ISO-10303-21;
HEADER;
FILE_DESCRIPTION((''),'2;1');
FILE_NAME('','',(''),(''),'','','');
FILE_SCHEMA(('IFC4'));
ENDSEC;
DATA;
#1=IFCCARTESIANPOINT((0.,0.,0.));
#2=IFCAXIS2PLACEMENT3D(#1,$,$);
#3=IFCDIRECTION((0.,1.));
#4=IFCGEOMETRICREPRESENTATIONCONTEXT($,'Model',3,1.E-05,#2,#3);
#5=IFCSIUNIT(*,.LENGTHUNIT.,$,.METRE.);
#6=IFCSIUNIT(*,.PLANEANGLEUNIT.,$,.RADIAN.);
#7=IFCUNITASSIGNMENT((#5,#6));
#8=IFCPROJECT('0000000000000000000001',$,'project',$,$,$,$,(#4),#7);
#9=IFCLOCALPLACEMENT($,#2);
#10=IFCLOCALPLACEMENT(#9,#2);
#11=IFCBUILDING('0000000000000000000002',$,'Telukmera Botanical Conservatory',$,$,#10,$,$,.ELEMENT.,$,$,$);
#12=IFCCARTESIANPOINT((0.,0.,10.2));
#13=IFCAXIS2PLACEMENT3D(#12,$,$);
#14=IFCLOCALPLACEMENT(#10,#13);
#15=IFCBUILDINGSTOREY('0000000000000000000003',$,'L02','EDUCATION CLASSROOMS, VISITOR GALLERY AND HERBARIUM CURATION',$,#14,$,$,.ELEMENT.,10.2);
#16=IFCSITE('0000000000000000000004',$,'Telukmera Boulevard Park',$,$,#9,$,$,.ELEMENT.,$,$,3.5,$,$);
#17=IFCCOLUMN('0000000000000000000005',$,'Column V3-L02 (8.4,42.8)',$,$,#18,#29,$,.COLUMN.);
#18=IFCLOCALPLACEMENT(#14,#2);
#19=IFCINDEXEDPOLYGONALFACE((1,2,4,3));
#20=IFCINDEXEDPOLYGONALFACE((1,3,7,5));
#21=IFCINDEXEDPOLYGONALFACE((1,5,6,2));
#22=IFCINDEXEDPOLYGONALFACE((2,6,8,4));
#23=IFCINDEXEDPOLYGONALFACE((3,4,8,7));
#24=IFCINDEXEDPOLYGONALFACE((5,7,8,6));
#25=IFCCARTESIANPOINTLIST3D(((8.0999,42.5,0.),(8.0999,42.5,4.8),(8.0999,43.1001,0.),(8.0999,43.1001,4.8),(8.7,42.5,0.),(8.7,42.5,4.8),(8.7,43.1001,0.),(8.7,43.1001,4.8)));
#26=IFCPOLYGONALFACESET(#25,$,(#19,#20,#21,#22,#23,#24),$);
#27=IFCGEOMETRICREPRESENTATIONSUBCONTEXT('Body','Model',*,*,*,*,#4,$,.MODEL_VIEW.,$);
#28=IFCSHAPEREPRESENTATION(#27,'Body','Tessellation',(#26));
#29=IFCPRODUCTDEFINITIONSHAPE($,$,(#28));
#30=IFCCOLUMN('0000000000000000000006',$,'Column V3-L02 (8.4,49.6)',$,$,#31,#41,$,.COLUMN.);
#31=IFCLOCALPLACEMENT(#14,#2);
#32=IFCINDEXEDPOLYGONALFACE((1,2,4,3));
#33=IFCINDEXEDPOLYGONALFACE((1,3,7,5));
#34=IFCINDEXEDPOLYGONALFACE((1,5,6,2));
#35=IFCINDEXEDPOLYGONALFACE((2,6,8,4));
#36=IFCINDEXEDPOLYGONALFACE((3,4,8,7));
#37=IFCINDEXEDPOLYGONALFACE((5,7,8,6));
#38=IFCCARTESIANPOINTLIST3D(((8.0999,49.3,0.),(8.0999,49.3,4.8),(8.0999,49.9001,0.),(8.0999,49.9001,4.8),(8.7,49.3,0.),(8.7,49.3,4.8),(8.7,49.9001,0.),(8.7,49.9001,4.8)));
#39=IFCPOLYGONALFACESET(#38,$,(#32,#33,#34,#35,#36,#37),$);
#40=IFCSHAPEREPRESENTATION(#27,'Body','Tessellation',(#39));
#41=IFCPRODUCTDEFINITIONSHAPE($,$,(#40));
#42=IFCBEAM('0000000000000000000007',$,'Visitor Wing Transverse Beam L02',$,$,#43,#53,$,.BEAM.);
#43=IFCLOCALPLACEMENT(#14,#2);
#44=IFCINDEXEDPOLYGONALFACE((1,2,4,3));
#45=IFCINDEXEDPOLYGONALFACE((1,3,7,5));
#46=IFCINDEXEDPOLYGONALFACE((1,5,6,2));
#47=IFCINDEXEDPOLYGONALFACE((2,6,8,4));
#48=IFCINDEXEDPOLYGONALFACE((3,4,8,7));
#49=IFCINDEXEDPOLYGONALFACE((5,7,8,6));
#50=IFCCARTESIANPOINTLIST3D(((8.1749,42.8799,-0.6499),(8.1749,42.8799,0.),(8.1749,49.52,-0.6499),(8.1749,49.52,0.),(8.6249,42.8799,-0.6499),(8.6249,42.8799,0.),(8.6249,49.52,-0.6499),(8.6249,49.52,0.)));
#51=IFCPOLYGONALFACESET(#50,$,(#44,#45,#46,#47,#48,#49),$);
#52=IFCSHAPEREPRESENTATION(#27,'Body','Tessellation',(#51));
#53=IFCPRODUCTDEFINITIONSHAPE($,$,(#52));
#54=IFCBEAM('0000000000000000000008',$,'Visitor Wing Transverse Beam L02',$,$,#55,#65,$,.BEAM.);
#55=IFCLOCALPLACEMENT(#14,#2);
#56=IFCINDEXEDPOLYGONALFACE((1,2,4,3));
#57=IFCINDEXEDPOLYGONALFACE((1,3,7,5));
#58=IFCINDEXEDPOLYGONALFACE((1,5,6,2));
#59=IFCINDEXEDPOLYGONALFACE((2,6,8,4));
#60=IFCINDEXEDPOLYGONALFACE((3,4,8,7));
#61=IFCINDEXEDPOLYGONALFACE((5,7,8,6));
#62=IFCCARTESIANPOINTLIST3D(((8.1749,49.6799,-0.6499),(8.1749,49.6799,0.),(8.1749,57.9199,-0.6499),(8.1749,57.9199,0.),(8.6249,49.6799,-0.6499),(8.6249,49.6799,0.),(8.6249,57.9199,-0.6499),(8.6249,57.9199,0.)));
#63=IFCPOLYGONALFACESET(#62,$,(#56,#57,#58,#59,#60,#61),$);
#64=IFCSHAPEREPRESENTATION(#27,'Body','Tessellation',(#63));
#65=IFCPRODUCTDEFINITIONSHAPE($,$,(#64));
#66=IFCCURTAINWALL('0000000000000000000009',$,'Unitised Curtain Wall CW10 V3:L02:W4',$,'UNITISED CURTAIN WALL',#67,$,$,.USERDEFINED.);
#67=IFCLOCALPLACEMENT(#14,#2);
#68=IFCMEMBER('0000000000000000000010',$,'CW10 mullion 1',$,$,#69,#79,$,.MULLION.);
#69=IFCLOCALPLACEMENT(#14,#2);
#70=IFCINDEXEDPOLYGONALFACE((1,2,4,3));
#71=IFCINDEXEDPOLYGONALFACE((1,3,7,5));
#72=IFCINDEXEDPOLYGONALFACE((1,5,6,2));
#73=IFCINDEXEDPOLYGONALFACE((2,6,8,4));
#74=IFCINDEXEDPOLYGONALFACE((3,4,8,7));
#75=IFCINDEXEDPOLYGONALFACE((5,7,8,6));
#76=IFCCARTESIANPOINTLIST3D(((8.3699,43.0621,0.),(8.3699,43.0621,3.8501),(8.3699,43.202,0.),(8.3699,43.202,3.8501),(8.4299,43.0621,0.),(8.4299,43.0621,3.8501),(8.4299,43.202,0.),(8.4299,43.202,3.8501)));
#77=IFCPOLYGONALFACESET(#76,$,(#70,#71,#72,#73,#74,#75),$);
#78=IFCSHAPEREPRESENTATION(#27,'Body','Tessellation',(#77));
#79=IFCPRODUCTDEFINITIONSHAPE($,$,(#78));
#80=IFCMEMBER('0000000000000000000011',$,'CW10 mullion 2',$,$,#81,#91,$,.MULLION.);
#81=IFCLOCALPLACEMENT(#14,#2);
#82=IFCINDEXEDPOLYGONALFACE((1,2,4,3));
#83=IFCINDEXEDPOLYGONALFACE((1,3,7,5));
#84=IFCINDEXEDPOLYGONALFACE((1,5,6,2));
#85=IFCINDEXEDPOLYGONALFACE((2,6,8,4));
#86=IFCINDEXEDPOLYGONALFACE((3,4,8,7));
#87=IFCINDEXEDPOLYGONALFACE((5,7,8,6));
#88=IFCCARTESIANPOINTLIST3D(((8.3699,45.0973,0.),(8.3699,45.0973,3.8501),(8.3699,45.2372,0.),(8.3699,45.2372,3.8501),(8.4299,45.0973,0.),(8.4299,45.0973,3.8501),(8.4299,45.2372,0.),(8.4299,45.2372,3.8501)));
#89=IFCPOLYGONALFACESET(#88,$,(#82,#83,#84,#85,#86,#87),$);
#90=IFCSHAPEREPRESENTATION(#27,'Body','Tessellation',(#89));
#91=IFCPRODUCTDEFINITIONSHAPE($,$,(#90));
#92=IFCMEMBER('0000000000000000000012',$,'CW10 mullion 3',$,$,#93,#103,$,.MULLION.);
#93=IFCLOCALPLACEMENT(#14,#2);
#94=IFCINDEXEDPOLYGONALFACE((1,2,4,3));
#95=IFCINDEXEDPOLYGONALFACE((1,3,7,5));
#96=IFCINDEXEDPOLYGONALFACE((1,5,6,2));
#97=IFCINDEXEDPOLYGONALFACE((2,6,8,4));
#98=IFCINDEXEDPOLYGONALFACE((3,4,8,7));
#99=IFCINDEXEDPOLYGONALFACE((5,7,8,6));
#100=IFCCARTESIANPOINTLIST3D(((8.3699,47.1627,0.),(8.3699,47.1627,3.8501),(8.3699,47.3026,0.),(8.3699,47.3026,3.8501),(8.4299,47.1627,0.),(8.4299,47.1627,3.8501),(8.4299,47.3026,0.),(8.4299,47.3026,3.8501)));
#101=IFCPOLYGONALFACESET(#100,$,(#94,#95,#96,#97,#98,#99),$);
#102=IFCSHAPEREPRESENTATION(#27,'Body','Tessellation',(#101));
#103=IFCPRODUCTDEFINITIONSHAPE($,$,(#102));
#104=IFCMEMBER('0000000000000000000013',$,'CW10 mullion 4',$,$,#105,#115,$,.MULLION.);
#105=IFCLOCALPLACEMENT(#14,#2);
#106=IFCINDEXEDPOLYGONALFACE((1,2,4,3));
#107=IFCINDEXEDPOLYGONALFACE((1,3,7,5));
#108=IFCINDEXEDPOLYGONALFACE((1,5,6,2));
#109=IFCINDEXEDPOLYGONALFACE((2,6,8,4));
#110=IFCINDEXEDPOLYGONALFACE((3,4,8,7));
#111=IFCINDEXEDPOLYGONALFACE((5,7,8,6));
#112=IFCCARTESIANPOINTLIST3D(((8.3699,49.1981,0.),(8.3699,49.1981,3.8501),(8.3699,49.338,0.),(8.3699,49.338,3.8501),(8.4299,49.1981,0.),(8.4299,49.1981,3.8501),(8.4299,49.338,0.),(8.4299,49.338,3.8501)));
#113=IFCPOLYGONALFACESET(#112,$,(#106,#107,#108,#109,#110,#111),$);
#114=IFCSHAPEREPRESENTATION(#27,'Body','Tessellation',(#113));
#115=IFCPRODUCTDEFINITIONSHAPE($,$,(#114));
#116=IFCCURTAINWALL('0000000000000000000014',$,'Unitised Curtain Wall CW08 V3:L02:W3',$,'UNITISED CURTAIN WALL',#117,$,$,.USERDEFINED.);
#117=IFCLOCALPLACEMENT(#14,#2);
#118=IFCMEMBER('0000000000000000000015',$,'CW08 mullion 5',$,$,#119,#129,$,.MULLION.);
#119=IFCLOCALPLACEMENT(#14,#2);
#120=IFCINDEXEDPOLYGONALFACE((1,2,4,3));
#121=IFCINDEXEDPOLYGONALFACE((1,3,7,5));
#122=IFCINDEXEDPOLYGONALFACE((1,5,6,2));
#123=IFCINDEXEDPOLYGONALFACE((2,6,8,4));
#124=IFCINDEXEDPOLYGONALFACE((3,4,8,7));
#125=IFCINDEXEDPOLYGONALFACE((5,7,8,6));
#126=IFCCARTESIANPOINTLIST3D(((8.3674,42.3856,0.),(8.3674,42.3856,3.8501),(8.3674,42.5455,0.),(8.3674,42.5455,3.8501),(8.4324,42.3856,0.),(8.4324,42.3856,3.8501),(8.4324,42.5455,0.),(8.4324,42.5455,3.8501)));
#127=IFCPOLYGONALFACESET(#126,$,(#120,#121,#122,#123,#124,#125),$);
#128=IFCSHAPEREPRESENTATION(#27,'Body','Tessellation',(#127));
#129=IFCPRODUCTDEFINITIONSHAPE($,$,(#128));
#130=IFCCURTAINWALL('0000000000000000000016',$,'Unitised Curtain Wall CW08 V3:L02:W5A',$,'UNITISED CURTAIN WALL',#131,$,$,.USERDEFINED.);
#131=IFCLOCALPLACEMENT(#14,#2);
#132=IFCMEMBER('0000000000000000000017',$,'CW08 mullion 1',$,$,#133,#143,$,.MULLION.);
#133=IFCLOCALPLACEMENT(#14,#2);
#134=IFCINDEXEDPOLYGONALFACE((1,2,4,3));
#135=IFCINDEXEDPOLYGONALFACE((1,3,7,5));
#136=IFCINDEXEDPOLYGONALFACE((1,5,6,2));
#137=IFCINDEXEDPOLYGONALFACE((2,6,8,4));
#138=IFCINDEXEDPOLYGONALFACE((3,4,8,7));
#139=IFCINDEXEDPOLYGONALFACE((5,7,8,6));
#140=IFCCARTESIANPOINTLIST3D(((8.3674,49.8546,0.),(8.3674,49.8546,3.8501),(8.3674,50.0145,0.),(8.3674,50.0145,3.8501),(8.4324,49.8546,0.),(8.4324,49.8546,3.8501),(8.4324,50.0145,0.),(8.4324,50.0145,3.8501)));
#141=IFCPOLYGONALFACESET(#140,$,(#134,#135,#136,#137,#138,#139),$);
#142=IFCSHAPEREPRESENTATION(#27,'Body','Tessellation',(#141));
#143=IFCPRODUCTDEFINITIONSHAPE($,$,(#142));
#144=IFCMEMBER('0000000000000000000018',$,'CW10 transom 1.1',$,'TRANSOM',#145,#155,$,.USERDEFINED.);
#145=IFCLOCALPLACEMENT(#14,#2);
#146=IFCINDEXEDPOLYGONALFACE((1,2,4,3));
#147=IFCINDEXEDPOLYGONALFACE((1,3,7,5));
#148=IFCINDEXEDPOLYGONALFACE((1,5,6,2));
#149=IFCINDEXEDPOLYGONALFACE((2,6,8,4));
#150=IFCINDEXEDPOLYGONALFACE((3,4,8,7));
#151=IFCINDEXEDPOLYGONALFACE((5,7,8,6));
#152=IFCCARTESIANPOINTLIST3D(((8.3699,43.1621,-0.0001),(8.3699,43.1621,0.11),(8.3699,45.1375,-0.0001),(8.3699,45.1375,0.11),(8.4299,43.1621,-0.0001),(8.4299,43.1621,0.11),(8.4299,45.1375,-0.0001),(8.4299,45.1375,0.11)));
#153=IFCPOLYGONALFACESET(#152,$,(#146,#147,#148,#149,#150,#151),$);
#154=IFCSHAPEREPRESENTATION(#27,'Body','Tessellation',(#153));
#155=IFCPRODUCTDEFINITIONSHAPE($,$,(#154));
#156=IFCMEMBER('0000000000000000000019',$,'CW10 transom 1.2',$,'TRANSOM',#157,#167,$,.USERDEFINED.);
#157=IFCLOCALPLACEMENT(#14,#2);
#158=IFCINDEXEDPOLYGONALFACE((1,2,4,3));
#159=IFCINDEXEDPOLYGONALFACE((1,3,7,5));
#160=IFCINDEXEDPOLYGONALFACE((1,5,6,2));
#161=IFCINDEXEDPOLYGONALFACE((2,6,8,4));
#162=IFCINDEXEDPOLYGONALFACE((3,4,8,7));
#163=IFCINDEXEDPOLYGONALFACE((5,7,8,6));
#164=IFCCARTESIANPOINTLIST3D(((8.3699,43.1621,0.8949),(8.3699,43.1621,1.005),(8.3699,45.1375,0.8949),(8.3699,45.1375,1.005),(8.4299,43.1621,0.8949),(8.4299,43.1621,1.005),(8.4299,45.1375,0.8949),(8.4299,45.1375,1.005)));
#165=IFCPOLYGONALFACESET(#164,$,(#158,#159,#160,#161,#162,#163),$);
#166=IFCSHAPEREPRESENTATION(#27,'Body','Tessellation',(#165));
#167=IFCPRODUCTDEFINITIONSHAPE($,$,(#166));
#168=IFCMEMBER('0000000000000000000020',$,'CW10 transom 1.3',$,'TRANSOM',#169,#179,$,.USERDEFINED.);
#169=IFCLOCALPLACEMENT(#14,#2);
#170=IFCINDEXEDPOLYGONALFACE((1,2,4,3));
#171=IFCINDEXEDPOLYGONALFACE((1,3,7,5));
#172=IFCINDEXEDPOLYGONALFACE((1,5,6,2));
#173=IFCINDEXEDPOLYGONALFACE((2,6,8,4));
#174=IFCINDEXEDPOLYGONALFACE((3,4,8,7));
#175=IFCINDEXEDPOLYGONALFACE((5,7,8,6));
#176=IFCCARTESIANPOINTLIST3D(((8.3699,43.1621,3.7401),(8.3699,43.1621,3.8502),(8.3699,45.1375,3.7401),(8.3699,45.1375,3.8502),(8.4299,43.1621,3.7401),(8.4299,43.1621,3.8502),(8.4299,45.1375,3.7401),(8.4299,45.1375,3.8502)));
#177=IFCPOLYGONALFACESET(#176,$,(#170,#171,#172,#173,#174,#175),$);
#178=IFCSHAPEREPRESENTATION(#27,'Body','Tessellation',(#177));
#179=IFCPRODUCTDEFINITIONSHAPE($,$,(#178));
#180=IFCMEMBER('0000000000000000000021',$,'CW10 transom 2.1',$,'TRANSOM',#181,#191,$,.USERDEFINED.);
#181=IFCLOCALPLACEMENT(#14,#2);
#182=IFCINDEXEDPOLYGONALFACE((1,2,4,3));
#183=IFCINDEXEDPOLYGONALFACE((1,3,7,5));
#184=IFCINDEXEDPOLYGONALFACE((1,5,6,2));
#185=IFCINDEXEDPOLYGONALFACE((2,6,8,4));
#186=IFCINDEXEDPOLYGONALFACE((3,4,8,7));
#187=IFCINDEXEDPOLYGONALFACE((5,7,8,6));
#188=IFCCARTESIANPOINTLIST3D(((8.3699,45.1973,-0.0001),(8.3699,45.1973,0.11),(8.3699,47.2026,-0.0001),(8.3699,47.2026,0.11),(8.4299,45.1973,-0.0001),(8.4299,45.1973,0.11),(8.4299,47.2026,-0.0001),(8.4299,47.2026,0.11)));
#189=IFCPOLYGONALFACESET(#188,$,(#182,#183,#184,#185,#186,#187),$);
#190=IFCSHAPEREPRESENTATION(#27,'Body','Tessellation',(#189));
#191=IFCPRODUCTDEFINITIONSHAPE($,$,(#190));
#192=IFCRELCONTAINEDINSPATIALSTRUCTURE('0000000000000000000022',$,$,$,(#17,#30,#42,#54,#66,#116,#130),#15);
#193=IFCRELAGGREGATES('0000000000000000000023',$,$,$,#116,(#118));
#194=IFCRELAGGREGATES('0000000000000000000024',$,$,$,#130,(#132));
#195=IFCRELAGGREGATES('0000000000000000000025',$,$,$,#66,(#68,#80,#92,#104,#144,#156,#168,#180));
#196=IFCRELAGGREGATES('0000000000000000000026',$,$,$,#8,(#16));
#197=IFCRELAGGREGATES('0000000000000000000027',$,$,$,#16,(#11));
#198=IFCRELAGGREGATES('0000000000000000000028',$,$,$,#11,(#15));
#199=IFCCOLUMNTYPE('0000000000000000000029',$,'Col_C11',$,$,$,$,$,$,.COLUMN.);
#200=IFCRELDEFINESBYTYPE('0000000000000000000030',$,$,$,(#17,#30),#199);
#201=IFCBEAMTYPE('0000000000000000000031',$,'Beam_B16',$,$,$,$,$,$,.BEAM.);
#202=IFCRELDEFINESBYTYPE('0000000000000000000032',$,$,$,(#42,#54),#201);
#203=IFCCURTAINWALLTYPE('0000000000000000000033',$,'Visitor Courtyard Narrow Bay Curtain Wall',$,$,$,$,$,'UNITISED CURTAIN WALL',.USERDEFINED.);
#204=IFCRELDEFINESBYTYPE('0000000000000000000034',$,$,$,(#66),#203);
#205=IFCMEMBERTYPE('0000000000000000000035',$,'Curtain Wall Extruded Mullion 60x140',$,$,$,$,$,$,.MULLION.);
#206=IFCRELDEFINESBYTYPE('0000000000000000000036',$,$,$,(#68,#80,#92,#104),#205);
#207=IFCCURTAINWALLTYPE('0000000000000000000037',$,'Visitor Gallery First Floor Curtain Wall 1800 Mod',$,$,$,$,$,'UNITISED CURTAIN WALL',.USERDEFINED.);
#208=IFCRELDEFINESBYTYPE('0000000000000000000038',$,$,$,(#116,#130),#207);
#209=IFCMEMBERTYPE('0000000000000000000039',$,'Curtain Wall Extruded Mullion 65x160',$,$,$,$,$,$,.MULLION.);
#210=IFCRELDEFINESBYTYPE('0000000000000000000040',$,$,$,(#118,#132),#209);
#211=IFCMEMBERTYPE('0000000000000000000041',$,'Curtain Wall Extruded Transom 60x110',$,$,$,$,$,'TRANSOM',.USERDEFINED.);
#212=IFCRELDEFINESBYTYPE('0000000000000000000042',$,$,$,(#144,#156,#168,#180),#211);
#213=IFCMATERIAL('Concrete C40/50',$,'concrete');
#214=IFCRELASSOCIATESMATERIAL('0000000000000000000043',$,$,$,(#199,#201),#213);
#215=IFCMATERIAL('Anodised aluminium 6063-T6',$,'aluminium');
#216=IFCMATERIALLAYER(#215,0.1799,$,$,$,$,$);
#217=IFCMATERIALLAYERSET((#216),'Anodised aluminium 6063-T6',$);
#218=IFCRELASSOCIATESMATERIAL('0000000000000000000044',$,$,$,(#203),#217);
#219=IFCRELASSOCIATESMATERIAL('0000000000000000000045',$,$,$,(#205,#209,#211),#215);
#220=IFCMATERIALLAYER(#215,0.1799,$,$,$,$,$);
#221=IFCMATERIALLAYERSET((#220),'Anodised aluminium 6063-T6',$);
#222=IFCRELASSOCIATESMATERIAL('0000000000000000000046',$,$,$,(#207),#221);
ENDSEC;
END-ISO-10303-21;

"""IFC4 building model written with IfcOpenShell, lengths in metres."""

from ifc_helpers import new_model, si_unit, direction, frame, origin, origin_2d, place, context, subcontext, project, spatial, rectangle, extrude, material, layer, layer_set, material_profile, profile_set, type_object, element, aggregate, save


model = new_model("IFC4")

# Units and contexts
model_context = context("Model", 3, precision=1e-05, world=origin(), true_north=direction((0.0, 1.0)))
body_context = subcontext(model_context, "Body", "Model", "MODEL_VIEW")
ifc_project = project(units=[si_unit("LENGTHUNIT", "METRE"), si_unit("PLANEANGLEUNIT", "RADIAN")], contexts=[model_context])

# Site, building, storey
site_placement = place(None, origin())
site = spatial("IfcSite", under=ifc_project, at=site_placement, Name="Telukmera Boulevard Park", CompositionType="ELEMENT", RefElevation=3.5)
building_placement = place(site_placement, origin())
building = spatial("IfcBuilding", under=site, at=building_placement, Name="Telukmera Botanical Conservatory", CompositionType="ELEMENT")
storey_placement = place(building_placement, frame((0.0, 0.0, 10.2)))
storey = spatial("IfcBuildingStorey", under=building, at=storey_placement, Name="L02", Description="EDUCATION CLASSROOMS, VISITOR GALLERY AND HERBARIUM CURATION", CompositionType="ELEMENT", Elevation=10.2)

# Columns
ifc_material_1 = material(Name="Concrete C40/50", Category="concrete")
ifc_material_profile_1 = material_profile(ifc_material_1, rectangle(XDim=0.6001, YDim=0.6001, at=origin_2d()), Name="RC 600x600")
ifc_profile_set_1 = profile_set([ifc_material_profile_1], Name="Concrete C40/50")
column_type = type_object("IfcColumnType", Name="Col_C11", PredefinedType="COLUMN", material=ifc_profile_set_1)
for number, where, z_axis, x_axis, name in (
    (1, (8.3999, 42.8, 0.0), (0.0, 0.0, 1.0), (1.0, 0.0, 0.0), "Column V3-L02 (8.4,42.8)"),
    (2, (8.3999, 49.6001, 0.0), (0.0, 0.0, 1.0), (1.0, 0.0, 0.0), "Column V3-L02 (8.4,49.6)"),
):
    element("IfcColumn", number, at=place(storey_placement, frame(where, z_axis=z_axis, x_axis=x_axis)), inside=storey, type_object=column_type, Name=name, PredefinedType="COLUMN", context=body_context, shape_type="SweptSolid", body=[
        extrude(rectangle(XDim=0.6001, YDim=0.6001, at=origin_2d()), origin(), (0.0, 0.0, 1.0), 4.8),
    ])

# Beams
ifc_material_profile_2 = material_profile(ifc_material_1, rectangle(XDim=0.45, YDim=0.6499, at=origin_2d()), Name="RC 450x650")
ifc_profile_set_2 = profile_set([ifc_material_profile_2], Name="Concrete C40/50")
beam_type = type_object("IfcBeamType", Name="Beam_B16", PredefinedType="BEAM", material=ifc_profile_set_2)
beam_1_placement = place(storey_placement, frame((8.3999, 42.8799, -0.325), z_axis=(0.0, 1.0, 0.0), x_axis=(-1.0, 0.0, 0.0)))
element("IfcBeam", 3, at=beam_1_placement, inside=storey, type_object=beam_type, Name="Visitor Wing Transverse Beam L02", PredefinedType="BEAM", context=body_context, shape_type="SweptSolid", body=[
    extrude(rectangle(XDim=0.45, YDim=0.6499, at=origin_2d()), origin(), (0.0, 0.0, 1.0), 6.6401),
])
beam_2_placement = place(storey_placement, frame((8.3999, 49.6799, -0.325), z_axis=(0.0, 1.0, 0.0), x_axis=(-1.0, 0.0, 0.0)))
element("IfcBeam", 4, at=beam_2_placement, inside=storey, type_object=beam_type, Name="Visitor Wing Transverse Beam L02", PredefinedType="BEAM", context=body_context, shape_type="SweptSolid", body=[
    extrude(rectangle(XDim=0.45, YDim=0.6499, at=origin_2d()), origin(), (0.0, 0.0, 1.0), 8.24),
])

# Curtain wall, members
ifc_material_2 = material(Name="Anodised aluminium 6063-T6", Category="aluminium")
ifc_layer_1 = layer(ifc_material_2, 0.1799)
ifc_layer_set_1 = layer_set([ifc_layer_1], Name="Anodised aluminium 6063-T6")
curtain_wall_type_1 = type_object("IfcCurtainWallType", Name="Visitor Courtyard Narrow Bay Curtain Wall", ElementType="UNITISED CURTAIN WALL", PredefinedType="USERDEFINED", material=ifc_layer_set_1)
curtain_wall_1_placement = place(storey_placement, origin())
curtain_wall_1 = element("IfcCurtainWall", 5, at=curtain_wall_1_placement, inside=storey, type_object=curtain_wall_type_1, Name="Unitised Curtain Wall CW10 V3:L02:W4", ObjectType="UNITISED CURTAIN WALL", PredefinedType="USERDEFINED")
ifc_material_profile_3 = material_profile(ifc_material_2, rectangle(XDim=0.0601, YDim=0.1399, at=origin_2d()), Name="ALU MULL 60x140")
ifc_profile_set_3 = profile_set([ifc_material_profile_3], Name="Anodised aluminium 6063-T6")
member_type_1 = type_object("IfcMemberType", Name="Curtain Wall Extruded Mullion 60x140", PredefinedType="MULLION", material=ifc_profile_set_3)
member_1_placement = place(storey_placement, frame((8.3999, 43.1321, 0.0), z_axis=(0.0, 0.0, 1.0), x_axis=(-1.0, 0.0, 0.0)))
member_1 = element("IfcMember", 6, at=member_1_placement, type_object=member_type_1, Name="CW10 mullion 1", PredefinedType="MULLION", context=body_context, shape_type="SweptSolid", body=[
    extrude(rectangle(XDim=0.0601, YDim=0.1399, at=origin_2d()), origin(), (0.0, 0.0, 1.0), 3.8501),
])
member_2_placement = place(storey_placement, frame((8.3999, 45.1672, 0.0), z_axis=(0.0, 0.0, 1.0), x_axis=(-1.0, 0.0, 0.0)))
member_2 = element("IfcMember", 7, at=member_2_placement, type_object=member_type_1, Name="CW10 mullion 2", PredefinedType="MULLION", context=body_context, shape_type="SweptSolid", body=[
    extrude(rectangle(XDim=0.0601, YDim=0.1399, at=origin_2d()), origin(), (0.0, 0.0, 1.0), 3.8501),
])
member_3_placement = place(storey_placement, frame((8.3999, 47.2327, 0.0), z_axis=(0.0, 0.0, 1.0), x_axis=(-1.0, 0.0, 0.0)))
member_3 = element("IfcMember", 8, at=member_3_placement, type_object=member_type_1, Name="CW10 mullion 3", PredefinedType="MULLION", context=body_context, shape_type="SweptSolid", body=[
    extrude(rectangle(XDim=0.0601, YDim=0.1399, at=origin_2d()), origin(), (0.0, 0.0, 1.0), 3.8501),
])
member_4_placement = place(storey_placement, frame((8.3999, 49.2681, 0.0), z_axis=(0.0, 0.0, 1.0), x_axis=(-1.0, 0.0, 0.0)))
member_4 = element("IfcMember", 9, at=member_4_placement, type_object=member_type_1, Name="CW10 mullion 4", PredefinedType="MULLION", context=body_context, shape_type="SweptSolid", body=[
    extrude(rectangle(XDim=0.0601, YDim=0.1399, at=origin_2d()), origin(), (0.0, 0.0, 1.0), 3.8501),
])

# Curtain walls, members
ifc_layer_2 = layer(ifc_material_2, 0.1799)
ifc_layer_set_2 = layer_set([ifc_layer_2], Name="Anodised aluminium 6063-T6")
curtain_wall_type_2 = type_object("IfcCurtainWallType", Name="Visitor Gallery First Floor Curtain Wall 1800 Mod", ElementType="UNITISED CURTAIN WALL", PredefinedType="USERDEFINED", material=ifc_layer_set_2)
curtain_wall_2_placement = place(storey_placement, origin())
curtain_wall_2 = element("IfcCurtainWall", 10, at=curtain_wall_2_placement, inside=storey, type_object=curtain_wall_type_2, Name="Unitised Curtain Wall CW08 V3:L02:W3", ObjectType="UNITISED CURTAIN WALL", PredefinedType="USERDEFINED")
ifc_material_profile_4 = material_profile(ifc_material_2, rectangle(XDim=0.0649, YDim=0.1599, at=origin_2d()), Name="ALU MULL 65x160")
ifc_profile_set_4 = profile_set([ifc_material_profile_4], Name="Anodised aluminium 6063-T6")
member_type_2 = type_object("IfcMemberType", Name="Curtain Wall Extruded Mullion 65x160", PredefinedType="MULLION", material=ifc_profile_set_4)
member_5_placement = place(storey_placement, frame((8.3999, 42.4656, 0.0), z_axis=(0.0, 0.0, 1.0), x_axis=(-1.0, 0.0, 0.0)))
member_5 = element("IfcMember", 11, at=member_5_placement, type_object=member_type_2, Name="CW08 mullion 5", PredefinedType="MULLION", context=body_context, shape_type="SweptSolid", body=[
    extrude(rectangle(XDim=0.0649, YDim=0.1599, at=origin_2d()), origin(), (0.0, 0.0, 1.0), 3.8501),
])
aggregate(curtain_wall_2, [member_5])
curtain_wall_3_placement = place(storey_placement, origin())
curtain_wall_3 = element("IfcCurtainWall", 12, at=curtain_wall_3_placement, inside=storey, type_object=curtain_wall_type_2, Name="Unitised Curtain Wall CW08 V3:L02:W5A", ObjectType="UNITISED CURTAIN WALL", PredefinedType="USERDEFINED")
member_6_placement = place(storey_placement, frame((8.3999, 49.9346, 0.0), z_axis=(0.0, 0.0, 1.0), x_axis=(-1.0, 0.0, 0.0)))
member_6 = element("IfcMember", 13, at=member_6_placement, type_object=member_type_2, Name="CW08 mullion 1", PredefinedType="MULLION", context=body_context, shape_type="SweptSolid", body=[
    extrude(rectangle(XDim=0.0649, YDim=0.1599, at=origin_2d()), origin(), (0.0, 0.0, 1.0), 3.8501),
])
aggregate(curtain_wall_3, [member_6])

# Members
ifc_material_profile_5 = material_profile(ifc_material_2, rectangle(XDim=0.0601, YDim=0.1101, at=origin_2d()), Name="ALU TRAN 60x110")
ifc_profile_set_5 = profile_set([ifc_material_profile_5], Name="Anodised aluminium 6063-T6")
member_type_3 = type_object("IfcMemberType", Name="Curtain Wall Extruded Transom 60x110", ElementType="TRANSOM", PredefinedType="USERDEFINED", material=ifc_profile_set_5)
member_7_placement = place(storey_placement, frame((8.3999, 43.1621, 0.0549), z_axis=(0.0, 1.0, 0.0), x_axis=(-1.0, 0.0, 0.0)))
member_7 = element("IfcMember", 14, at=member_7_placement, type_object=member_type_3, Name="CW10 transom 1.1", ObjectType="TRANSOM", PredefinedType="USERDEFINED", context=body_context, shape_type="SweptSolid", body=[
    extrude(rectangle(XDim=0.0601, YDim=0.1101, at=origin_2d()), origin(), (0.0, 0.0, 1.0), 1.9753),
])
member_8_placement = place(storey_placement, frame((8.3999, 43.1621, 0.95), z_axis=(0.0, 1.0, 0.0), x_axis=(-1.0, 0.0, 0.0)))
member_8 = element("IfcMember", 15, at=member_8_placement, type_object=member_type_3, Name="CW10 transom 1.2", ObjectType="TRANSOM", PredefinedType="USERDEFINED", context=body_context, shape_type="SweptSolid", body=[
    extrude(rectangle(XDim=0.0601, YDim=0.1101, at=origin_2d()), origin(), (0.0, 0.0, 1.0), 1.9753),
])
member_9_placement = place(storey_placement, frame((8.3999, 43.1621, 3.7952), z_axis=(0.0, 1.0, 0.0), x_axis=(-1.0, 0.0, 0.0)))
member_9 = element("IfcMember", 16, at=member_9_placement, type_object=member_type_3, Name="CW10 transom 1.3", ObjectType="TRANSOM", PredefinedType="USERDEFINED", context=body_context, shape_type="SweptSolid", body=[
    extrude(rectangle(XDim=0.0601, YDim=0.1101, at=origin_2d()), origin(), (0.0, 0.0, 1.0), 1.9753),
])
member_10_placement = place(storey_placement, frame((8.3999, 45.1973, 0.0549), z_axis=(0.0, 1.0, 0.0), x_axis=(-1.0, 0.0, 0.0)))
member_10 = element("IfcMember", 17, at=member_10_placement, type_object=member_type_3, Name="CW10 transom 2.1", ObjectType="TRANSOM", PredefinedType="USERDEFINED", context=body_context, shape_type="SweptSolid", body=[
    extrude(rectangle(XDim=0.0601, YDim=0.1101, at=origin_2d()), origin(), (0.0, 0.0, 1.0), 2.0054),
])

aggregate(curtain_wall_1, [member_1, member_2, member_3, member_4, member_7, member_8, member_9, member_10])

save(model, "model.ifc")
